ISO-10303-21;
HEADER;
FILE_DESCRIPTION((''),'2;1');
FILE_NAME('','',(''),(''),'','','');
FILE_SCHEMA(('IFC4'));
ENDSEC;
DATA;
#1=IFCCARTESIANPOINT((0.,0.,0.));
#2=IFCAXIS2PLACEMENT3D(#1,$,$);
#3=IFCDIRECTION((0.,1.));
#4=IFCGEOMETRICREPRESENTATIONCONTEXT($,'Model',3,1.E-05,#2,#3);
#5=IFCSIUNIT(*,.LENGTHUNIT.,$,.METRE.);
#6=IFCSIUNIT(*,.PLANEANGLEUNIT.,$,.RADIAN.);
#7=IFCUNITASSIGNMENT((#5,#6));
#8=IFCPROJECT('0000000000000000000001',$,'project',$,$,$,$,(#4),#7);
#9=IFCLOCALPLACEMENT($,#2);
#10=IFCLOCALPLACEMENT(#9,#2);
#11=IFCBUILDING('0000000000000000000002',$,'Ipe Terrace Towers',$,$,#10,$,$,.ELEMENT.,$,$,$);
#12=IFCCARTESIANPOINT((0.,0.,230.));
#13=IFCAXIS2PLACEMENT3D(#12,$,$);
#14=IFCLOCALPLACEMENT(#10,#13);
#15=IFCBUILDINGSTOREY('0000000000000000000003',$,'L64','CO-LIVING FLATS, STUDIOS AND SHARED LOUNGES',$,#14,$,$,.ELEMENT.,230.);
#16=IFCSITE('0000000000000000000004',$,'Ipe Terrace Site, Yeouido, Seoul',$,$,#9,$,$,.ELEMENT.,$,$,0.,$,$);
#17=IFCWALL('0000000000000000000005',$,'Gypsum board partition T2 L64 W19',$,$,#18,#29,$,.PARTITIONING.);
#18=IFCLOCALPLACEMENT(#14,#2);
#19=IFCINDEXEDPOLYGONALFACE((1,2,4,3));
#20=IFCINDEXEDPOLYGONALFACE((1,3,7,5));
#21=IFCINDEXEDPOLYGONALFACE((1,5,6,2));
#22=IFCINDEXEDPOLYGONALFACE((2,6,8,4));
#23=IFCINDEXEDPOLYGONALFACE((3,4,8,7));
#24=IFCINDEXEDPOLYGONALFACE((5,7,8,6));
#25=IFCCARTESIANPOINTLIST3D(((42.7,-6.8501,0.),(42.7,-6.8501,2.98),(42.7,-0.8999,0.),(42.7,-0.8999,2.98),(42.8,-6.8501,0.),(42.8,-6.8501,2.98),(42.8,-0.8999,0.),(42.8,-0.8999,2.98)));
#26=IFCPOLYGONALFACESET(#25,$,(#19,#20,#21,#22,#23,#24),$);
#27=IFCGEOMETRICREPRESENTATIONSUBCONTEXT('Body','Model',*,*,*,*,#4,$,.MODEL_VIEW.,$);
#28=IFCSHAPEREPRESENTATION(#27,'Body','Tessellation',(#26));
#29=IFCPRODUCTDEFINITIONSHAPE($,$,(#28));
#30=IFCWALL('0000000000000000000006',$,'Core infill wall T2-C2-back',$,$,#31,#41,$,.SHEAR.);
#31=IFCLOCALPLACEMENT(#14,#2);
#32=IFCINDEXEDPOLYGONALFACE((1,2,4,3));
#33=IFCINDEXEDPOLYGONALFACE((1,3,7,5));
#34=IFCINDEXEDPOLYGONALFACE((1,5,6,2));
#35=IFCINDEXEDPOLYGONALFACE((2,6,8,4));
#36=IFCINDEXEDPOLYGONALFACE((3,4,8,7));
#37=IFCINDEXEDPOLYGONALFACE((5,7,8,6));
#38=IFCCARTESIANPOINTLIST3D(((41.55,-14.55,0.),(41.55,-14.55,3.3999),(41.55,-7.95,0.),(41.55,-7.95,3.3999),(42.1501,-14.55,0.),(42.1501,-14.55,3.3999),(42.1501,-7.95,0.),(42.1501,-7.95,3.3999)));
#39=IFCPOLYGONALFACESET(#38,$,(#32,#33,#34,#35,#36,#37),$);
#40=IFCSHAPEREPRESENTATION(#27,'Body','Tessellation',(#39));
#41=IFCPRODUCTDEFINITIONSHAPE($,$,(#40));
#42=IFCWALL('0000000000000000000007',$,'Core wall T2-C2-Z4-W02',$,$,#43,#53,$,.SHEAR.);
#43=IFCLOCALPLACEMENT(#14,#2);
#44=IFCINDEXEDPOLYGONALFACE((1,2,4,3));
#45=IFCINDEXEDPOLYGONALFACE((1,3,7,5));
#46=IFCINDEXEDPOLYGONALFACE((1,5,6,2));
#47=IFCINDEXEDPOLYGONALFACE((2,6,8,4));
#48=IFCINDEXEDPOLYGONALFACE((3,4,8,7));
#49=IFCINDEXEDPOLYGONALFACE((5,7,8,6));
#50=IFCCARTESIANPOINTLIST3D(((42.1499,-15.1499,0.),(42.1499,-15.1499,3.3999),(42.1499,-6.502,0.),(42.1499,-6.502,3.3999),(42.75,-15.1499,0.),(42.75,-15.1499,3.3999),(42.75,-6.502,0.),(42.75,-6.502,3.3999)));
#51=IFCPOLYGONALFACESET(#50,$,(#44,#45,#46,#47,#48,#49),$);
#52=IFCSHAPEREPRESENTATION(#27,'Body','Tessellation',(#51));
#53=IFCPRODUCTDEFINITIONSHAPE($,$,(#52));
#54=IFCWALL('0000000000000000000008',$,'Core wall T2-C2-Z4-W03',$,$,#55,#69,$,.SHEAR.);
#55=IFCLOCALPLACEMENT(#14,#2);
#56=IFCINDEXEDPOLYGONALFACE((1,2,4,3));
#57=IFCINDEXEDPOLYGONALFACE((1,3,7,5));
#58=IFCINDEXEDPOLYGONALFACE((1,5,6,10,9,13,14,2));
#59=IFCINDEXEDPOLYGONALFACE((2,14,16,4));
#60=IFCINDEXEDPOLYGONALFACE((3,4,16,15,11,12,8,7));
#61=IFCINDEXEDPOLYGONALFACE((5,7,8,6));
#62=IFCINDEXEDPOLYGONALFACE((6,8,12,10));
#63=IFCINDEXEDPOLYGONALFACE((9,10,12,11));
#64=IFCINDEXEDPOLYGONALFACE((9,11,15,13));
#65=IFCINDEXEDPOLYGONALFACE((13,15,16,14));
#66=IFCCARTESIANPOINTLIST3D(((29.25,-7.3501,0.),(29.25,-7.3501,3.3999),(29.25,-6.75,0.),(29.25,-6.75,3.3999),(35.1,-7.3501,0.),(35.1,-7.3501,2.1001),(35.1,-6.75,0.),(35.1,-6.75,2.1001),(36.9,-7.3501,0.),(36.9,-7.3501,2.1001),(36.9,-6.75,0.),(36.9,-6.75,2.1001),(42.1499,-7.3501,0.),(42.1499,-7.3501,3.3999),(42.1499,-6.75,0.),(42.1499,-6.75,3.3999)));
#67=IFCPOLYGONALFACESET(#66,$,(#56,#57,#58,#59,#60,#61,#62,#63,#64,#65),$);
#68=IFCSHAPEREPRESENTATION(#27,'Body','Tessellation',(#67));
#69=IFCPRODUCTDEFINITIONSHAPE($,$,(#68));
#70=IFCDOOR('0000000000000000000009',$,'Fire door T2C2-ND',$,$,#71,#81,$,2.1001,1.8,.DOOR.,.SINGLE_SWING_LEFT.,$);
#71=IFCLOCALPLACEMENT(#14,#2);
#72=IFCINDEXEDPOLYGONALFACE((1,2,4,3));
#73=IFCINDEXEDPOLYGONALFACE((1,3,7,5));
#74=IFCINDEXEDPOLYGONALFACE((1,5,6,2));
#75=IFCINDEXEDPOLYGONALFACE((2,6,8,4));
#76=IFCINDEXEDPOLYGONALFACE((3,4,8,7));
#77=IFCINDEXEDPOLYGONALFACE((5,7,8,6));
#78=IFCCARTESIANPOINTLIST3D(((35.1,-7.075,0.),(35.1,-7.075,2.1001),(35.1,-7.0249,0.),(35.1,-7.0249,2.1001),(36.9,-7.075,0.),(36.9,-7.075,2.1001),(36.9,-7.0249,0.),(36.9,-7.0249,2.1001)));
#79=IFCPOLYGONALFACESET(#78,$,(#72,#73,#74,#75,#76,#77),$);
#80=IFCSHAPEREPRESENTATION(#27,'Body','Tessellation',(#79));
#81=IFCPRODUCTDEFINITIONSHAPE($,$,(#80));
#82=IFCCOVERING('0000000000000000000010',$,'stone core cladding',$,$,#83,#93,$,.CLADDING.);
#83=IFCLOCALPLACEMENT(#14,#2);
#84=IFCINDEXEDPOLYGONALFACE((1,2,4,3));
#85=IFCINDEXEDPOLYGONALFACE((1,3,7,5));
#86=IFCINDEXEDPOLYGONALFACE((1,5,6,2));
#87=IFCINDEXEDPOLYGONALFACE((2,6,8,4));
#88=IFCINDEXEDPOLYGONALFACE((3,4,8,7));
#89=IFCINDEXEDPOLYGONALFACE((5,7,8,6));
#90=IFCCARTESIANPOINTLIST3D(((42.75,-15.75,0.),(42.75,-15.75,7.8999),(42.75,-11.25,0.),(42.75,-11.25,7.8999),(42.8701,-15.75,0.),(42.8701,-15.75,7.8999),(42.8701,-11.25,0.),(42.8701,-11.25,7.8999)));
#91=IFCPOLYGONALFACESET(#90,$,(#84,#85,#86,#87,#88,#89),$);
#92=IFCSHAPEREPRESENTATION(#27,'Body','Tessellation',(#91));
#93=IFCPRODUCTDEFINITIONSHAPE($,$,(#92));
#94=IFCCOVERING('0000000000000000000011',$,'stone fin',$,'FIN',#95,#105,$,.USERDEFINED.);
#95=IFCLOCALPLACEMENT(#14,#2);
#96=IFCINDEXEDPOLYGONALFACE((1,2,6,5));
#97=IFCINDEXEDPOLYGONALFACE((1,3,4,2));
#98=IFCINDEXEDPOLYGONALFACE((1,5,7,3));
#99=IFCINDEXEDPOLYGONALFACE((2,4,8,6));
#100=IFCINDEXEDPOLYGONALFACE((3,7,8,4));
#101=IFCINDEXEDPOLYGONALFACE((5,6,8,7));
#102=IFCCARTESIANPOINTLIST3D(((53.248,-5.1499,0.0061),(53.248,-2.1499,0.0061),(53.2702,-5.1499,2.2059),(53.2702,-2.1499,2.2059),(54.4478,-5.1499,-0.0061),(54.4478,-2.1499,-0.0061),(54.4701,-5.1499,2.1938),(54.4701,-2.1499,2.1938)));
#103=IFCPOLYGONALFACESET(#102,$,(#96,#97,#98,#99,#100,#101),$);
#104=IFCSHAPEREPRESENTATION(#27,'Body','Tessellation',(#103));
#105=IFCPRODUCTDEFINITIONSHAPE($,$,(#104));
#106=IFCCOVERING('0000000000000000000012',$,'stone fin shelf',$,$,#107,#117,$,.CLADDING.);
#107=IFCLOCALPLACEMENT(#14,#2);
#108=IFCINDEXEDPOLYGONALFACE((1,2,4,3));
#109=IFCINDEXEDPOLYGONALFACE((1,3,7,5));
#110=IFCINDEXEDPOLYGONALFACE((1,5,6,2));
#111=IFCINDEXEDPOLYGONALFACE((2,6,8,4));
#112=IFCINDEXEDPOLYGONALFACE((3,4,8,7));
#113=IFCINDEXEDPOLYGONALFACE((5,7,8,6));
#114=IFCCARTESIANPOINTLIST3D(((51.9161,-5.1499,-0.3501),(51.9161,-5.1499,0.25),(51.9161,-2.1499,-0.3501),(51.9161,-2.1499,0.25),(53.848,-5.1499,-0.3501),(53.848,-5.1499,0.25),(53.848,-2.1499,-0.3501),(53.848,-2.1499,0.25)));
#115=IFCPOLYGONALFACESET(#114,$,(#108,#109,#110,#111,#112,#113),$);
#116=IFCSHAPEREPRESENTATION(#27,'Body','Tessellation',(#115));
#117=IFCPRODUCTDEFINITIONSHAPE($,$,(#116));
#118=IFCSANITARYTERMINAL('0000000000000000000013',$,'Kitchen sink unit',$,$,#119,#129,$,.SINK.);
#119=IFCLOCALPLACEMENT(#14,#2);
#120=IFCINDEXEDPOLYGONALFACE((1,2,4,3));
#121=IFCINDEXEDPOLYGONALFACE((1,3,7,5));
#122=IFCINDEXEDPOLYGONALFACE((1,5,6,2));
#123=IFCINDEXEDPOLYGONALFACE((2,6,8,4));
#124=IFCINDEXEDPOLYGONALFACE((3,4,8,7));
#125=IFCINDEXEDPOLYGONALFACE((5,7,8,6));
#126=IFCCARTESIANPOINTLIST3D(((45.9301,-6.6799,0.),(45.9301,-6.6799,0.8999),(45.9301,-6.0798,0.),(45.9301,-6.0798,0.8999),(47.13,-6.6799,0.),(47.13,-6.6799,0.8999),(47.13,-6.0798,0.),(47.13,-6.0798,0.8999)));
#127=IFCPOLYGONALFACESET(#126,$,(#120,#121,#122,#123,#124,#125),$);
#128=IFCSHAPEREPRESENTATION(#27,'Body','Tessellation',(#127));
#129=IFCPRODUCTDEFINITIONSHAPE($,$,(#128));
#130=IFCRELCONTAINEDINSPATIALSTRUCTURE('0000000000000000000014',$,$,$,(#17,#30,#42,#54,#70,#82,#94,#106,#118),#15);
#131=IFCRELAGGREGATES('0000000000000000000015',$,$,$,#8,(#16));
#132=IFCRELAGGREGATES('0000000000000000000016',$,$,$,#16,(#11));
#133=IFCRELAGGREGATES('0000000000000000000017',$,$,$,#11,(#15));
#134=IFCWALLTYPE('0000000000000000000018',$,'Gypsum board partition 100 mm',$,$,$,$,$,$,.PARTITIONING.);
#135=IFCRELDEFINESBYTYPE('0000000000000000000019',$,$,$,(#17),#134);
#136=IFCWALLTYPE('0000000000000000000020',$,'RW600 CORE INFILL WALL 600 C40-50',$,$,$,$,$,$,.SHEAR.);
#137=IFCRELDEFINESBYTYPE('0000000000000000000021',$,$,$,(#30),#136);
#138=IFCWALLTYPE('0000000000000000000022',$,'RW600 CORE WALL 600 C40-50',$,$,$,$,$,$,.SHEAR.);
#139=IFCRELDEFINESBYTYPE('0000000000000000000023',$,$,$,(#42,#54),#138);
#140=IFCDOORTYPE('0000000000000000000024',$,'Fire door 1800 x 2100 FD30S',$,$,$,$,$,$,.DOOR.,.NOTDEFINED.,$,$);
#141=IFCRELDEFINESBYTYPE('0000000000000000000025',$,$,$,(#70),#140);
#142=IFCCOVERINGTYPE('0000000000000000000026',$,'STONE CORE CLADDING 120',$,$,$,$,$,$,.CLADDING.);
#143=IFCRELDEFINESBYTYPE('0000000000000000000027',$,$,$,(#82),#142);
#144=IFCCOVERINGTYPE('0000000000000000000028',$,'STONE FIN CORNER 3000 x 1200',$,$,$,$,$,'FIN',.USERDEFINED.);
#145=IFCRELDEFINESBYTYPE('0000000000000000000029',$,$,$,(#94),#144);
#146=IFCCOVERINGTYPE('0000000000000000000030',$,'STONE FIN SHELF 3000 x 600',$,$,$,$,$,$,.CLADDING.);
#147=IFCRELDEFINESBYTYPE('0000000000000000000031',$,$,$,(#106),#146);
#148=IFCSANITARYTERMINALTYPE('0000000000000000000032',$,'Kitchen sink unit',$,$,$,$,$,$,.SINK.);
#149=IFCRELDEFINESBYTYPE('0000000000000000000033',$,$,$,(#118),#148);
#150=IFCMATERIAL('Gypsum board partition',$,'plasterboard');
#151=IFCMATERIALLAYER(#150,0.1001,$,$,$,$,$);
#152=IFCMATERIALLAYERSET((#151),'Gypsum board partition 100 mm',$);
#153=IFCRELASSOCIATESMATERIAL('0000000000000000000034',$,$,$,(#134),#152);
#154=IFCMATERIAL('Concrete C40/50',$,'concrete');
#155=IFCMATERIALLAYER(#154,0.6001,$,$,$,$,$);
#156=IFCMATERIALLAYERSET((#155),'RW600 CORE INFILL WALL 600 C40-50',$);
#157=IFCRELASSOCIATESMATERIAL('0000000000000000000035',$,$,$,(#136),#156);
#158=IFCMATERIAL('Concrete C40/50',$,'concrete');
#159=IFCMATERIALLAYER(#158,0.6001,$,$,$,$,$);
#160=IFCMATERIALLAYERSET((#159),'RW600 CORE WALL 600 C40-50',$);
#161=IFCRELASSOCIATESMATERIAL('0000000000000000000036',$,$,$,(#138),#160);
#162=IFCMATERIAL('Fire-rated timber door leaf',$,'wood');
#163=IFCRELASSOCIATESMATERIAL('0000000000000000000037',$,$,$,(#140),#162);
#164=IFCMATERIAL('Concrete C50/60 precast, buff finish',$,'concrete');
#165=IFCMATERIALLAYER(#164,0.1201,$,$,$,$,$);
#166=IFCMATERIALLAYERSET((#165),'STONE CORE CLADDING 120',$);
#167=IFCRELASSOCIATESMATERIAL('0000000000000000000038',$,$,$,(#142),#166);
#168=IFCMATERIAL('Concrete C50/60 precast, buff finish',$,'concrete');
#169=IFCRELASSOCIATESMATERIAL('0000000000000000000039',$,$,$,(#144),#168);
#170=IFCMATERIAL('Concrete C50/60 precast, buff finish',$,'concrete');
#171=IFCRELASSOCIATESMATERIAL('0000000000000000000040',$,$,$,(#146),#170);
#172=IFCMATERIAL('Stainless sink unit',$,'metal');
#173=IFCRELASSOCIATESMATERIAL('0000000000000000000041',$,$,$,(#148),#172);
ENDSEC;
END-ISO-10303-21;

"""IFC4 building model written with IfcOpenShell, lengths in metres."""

from ifc_helpers import new_model, si_unit, direction, frame, frame_2d, origin, origin_2d, place, context, subcontext, project, spatial, rectangle, extrude, material, layer, layer_set, material_profile, profile_set, type_object, element, fill, save


model = new_model("IFC4")

# Units and contexts
model_context = context("Model", 3, precision=1e-05, world=origin(), true_north=direction((0.0, 1.0)))
body_context = subcontext(model_context, "Body", "Model", "MODEL_VIEW")
ifc_project = project(units=[si_unit("LENGTHUNIT", "METRE"), si_unit("PLANEANGLEUNIT", "RADIAN")], contexts=[model_context])

# Site, building, storey
site_placement = place(None, origin())
site = spatial("IfcSite", under=ifc_project, at=site_placement, Name="Ipe Terrace Site, Yeouido, Seoul", CompositionType="ELEMENT", RefElevation=0.0)
building_placement = place(site_placement, origin())
building = spatial("IfcBuilding", under=site, at=building_placement, Name="Ipe Terrace Towers", CompositionType="ELEMENT")
storey_placement = place(building_placement, frame((0.0, 0.0, 230.0)))
storey = spatial("IfcBuildingStorey", under=building, at=storey_placement, Name="L64", Description="CO-LIVING FLATS, STUDIOS AND SHARED LOUNGES", CompositionType="ELEMENT", Elevation=230.0)

# Shared definitions
ifc_material_1 = material(Name="Gypsum board partition", Category="plasterboard")
ifc_layer_1 = layer(ifc_material_1, 0.1001)
ifc_layer_set_1 = layer_set([ifc_layer_1], Name="Gypsum board partition 100 mm")
wall_type_1 = type_object("IfcWallType", Name="Gypsum board partition 100 mm", PredefinedType="PARTITIONING", material=ifc_layer_set_1)

# Walls
wall_1_placement = place(storey_placement, frame((42.75, -6.8501, 0.0), z_axis=(0.0, 0.0, 1.0), x_axis=(0.0, 1.0, 0.0)))
element("IfcWall", 1, at=wall_1_placement, inside=storey, type_object=wall_type_1, Name="Gypsum board partition T2 L64 W19", PredefinedType="PARTITIONING", context=body_context, shape_type="SweptSolid", body=[
    extrude(rectangle(XDim=5.9502, YDim=0.1001, at=frame_2d((2.9751, 0.0))), origin(), (0.0, 0.0, 1.0), 2.98),
])
ifc_material_2 = material(Name="Concrete C40/50", Category="concrete")
ifc_layer_2 = layer(ifc_material_2, 0.6001)
ifc_layer_set_2 = layer_set([ifc_layer_2], Name="RW600 CORE INFILL WALL 600 C40-50")
wall_type_2 = type_object("IfcWallType", Name="RW600 CORE INFILL WALL 600 C40-50", PredefinedType="SHEAR", material=ifc_layer_set_2)
wall_2_placement = place(storey_placement, frame((41.8501, -7.95, 0.0), z_axis=(0.0, 0.0, 1.0), x_axis=(0.0, -1.0, 0.0)))
element("IfcWall", 2, at=wall_2_placement, inside=storey, type_object=wall_type_2, Name="Core infill wall T2-C2-back", PredefinedType="SHEAR", context=body_context, shape_type="SweptSolid", body=[
    extrude(rectangle(XDim=6.6001, YDim=0.6001, at=frame_2d((3.3, 0.0))), origin(), (0.0, 0.0, 1.0), 3.3999),
])
ifc_material_3 = material(Name="Concrete C40/50", Category="concrete")
ifc_layer_3 = layer(ifc_material_3, 0.6001)
ifc_layer_set_3 = layer_set([ifc_layer_3], Name="RW600 CORE WALL 600 C40-50")
wall_type_3 = type_object("IfcWallType", Name="RW600 CORE WALL 600 C40-50", PredefinedType="SHEAR", material=ifc_layer_set_3)
wall_3_placement = place(storey_placement, frame((42.45, -15.1499, 0.0), z_axis=(0.0, 0.0, 1.0), x_axis=(0.0, 1.0, 0.0)))
element("IfcWall", 3, at=wall_3_placement, inside=storey, type_object=wall_type_3, Name="Core wall T2-C2-Z4-W02", PredefinedType="SHEAR", context=body_context, shape_type="SweptSolid", body=[
    extrude(rectangle(XDim=8.6479, YDim=0.6001, at=frame_2d((4.324, 0.0))), origin(), (0.0, 0.0, 1.0), 3.3999),
])

# Wall, opening, door
wall_4_placement = place(storey_placement, frame((42.1499, -7.05, 0.0), z_axis=(0.0, 0.0, 1.0), x_axis=(-1.0, 0.0, 0.0)))
wall_4 = element("IfcWall", 4, at=wall_4_placement, inside=storey, type_object=wall_type_3, Name="Core wall T2-C2-Z4-W03", PredefinedType="SHEAR", context=body_context, shape_type="SweptSolid", body=[
    extrude(rectangle(XDim=12.8999, YDim=0.6001, at=frame_2d((6.45, 0.0))), origin(), (0.0, 0.0, 1.0), 3.3999),
])
opening_1_placement = place(wall_4_placement, frame((5.25, 0.0, 0.0)))
opening_1 = element("IfcOpeningElement", 5, at=opening_1_placement, cuts=wall_4, PredefinedType="OPENING", context=body_context, shape_type="SweptSolid", body=[
    extrude(rectangle(XDim=1.8, YDim=2.1001, at=frame_2d((0.8999, 1.05))), frame((0.0, 0.3101, 0.0), z_axis=(0.0, -1.0, 0.0), x_axis=(1.0, 0.0, 0.0)), (0.0, 0.0, 1.0), 0.6201),
])
ifc_material_4 = material(Name="Fire-rated timber door leaf", Category="wood")
door_type_1 = type_object("IfcDoorType", Name="Fire door 1800 x 2100 FD30S", OperationType="NOTDEFINED", PredefinedType="DOOR", material=ifc_material_4)
door_1_placement = place(opening_1_placement, origin())
door_1 = element("IfcDoor", 6, at=door_1_placement, inside=storey, type_object=door_type_1, Name="Fire door T2C2-ND", OperationType="SINGLE_SWING_LEFT", OverallHeight=2.1001, OverallWidth=1.8, PredefinedType="DOOR", context=body_context, shape_type="SweptSolid", body=[
    extrude(rectangle(XDim=1.8, YDim=2.1001, at=frame_2d((0.8999, 1.05))), frame((0.0, 0.0249, 0.0), z_axis=(0.0, -1.0, 0.0), x_axis=(1.0, 0.0, 0.0)), (0.0, 0.0, 1.0), 0.05),
])
fill(opening_1, door_1)

# Coverings
ifc_material_5 = material(Name="Concrete C50/60 precast, buff finish", Category="concrete")
ifc_layer_4 = layer(ifc_material_5, 0.1201)
ifc_layer_set_4 = layer_set([ifc_layer_4], Name="STONE CORE CLADDING 120")
covering_type_1 = type_object("IfcCoveringType", Name="STONE CORE CLADDING 120", PredefinedType="CLADDING", material=ifc_layer_set_4)
covering_1_placement = place(storey_placement, frame((42.8101, -13.5, 0.0), z_axis=(0.0, 0.0, 1.0), x_axis=(0.0, 1.0, 0.0)))
element("IfcCovering", 7, at=covering_1_placement, inside=storey, type_object=covering_type_1, Name="stone core cladding", PredefinedType="CLADDING", context=body_context, shape_type="SweptSolid", body=[
    extrude(rectangle(XDim=4.5, YDim=0.1201, at=origin_2d()), origin(), (0.0, 0.0, 1.0), 7.8999),
])
ifc_material_6 = material(Name="Concrete C50/60 precast, buff finish", Category="concrete")
ifc_material_profile_1 = material_profile(ifc_material_6, rectangle(XDim=3.0, YDim=1.2, at=origin_2d()), Name="STONE FIN CORNER 3000 x 1200")
ifc_profile_set_1 = profile_set([ifc_material_profile_1], Name="Concrete C50/60 precast, buff finish")
covering_type_2 = type_object("IfcCoveringType", Name="STONE FIN CORNER 3000 x 1200", ElementType="FIN", PredefinedType="USERDEFINED", material=ifc_profile_set_1)
covering_2_placement = place(storey_placement, frame((53.8479, -3.6499, 0.0), z_axis=(0.010098, 0.0, 0.999949), x_axis=(0.0, 1.0, 0.0)))
element("IfcCovering", 8, at=covering_2_placement, inside=storey, type_object=covering_type_2, Name="stone fin", ObjectType="FIN", PredefinedType="USERDEFINED", context=body_context, shape_type="SweptSolid", body=[
    extrude(rectangle(XDim=3.0, YDim=1.2, at=origin_2d()), origin(), (0.0, 0.0, 1.0), 2.2),
])
ifc_material_7 = material(Name="Concrete C50/60 precast, buff finish", Category="concrete")
covering_type_3 = type_object("IfcCoveringType", Name="STONE FIN SHELF 3000 x 600", PredefinedType="CLADDING", material=ifc_material_7)
covering_3_placement = place(storey_placement, frame((52.8821, -3.6499, -0.3501), z_axis=(0.0, 0.0, 1.0), x_axis=(0.0, 1.0, 0.0)))
element("IfcCovering", 9, at=covering_3_placement, inside=storey, type_object=covering_type_3, Name="stone fin shelf", PredefinedType="CLADDING", context=body_context, shape_type="SweptSolid", body=[
    extrude(rectangle(XDim=3.0, YDim=1.9319, at=origin_2d()), origin(), (0.0, 0.0, 1.0), 0.6001),
])

# Sanitary terminal
ifc_material_8 = material(Name="Stainless sink unit", Category="metal")
sanitary_terminal_type = type_object("IfcSanitaryTerminalType", Name="Kitchen sink unit", PredefinedType="SINK", material=ifc_material_8)
sanitary_terminal_placement = place(storey_placement, frame((46.53, -6.3799, 0.0), z_axis=(0.0, 0.0, 1.0), x_axis=(-1.0, 0.0, 0.0)))
element("IfcSanitaryTerminal", 10, at=sanitary_terminal_placement, inside=storey, type_object=sanitary_terminal_type, Name="Kitchen sink unit", PredefinedType="SINK", context=body_context, shape_type="SweptSolid", body=[
    extrude(rectangle(XDim=1.2, YDim=0.6001, at=origin_2d()), origin(), (0.0, 0.0, 1.0), 0.8999),
])

save(model, "model.ifc")
